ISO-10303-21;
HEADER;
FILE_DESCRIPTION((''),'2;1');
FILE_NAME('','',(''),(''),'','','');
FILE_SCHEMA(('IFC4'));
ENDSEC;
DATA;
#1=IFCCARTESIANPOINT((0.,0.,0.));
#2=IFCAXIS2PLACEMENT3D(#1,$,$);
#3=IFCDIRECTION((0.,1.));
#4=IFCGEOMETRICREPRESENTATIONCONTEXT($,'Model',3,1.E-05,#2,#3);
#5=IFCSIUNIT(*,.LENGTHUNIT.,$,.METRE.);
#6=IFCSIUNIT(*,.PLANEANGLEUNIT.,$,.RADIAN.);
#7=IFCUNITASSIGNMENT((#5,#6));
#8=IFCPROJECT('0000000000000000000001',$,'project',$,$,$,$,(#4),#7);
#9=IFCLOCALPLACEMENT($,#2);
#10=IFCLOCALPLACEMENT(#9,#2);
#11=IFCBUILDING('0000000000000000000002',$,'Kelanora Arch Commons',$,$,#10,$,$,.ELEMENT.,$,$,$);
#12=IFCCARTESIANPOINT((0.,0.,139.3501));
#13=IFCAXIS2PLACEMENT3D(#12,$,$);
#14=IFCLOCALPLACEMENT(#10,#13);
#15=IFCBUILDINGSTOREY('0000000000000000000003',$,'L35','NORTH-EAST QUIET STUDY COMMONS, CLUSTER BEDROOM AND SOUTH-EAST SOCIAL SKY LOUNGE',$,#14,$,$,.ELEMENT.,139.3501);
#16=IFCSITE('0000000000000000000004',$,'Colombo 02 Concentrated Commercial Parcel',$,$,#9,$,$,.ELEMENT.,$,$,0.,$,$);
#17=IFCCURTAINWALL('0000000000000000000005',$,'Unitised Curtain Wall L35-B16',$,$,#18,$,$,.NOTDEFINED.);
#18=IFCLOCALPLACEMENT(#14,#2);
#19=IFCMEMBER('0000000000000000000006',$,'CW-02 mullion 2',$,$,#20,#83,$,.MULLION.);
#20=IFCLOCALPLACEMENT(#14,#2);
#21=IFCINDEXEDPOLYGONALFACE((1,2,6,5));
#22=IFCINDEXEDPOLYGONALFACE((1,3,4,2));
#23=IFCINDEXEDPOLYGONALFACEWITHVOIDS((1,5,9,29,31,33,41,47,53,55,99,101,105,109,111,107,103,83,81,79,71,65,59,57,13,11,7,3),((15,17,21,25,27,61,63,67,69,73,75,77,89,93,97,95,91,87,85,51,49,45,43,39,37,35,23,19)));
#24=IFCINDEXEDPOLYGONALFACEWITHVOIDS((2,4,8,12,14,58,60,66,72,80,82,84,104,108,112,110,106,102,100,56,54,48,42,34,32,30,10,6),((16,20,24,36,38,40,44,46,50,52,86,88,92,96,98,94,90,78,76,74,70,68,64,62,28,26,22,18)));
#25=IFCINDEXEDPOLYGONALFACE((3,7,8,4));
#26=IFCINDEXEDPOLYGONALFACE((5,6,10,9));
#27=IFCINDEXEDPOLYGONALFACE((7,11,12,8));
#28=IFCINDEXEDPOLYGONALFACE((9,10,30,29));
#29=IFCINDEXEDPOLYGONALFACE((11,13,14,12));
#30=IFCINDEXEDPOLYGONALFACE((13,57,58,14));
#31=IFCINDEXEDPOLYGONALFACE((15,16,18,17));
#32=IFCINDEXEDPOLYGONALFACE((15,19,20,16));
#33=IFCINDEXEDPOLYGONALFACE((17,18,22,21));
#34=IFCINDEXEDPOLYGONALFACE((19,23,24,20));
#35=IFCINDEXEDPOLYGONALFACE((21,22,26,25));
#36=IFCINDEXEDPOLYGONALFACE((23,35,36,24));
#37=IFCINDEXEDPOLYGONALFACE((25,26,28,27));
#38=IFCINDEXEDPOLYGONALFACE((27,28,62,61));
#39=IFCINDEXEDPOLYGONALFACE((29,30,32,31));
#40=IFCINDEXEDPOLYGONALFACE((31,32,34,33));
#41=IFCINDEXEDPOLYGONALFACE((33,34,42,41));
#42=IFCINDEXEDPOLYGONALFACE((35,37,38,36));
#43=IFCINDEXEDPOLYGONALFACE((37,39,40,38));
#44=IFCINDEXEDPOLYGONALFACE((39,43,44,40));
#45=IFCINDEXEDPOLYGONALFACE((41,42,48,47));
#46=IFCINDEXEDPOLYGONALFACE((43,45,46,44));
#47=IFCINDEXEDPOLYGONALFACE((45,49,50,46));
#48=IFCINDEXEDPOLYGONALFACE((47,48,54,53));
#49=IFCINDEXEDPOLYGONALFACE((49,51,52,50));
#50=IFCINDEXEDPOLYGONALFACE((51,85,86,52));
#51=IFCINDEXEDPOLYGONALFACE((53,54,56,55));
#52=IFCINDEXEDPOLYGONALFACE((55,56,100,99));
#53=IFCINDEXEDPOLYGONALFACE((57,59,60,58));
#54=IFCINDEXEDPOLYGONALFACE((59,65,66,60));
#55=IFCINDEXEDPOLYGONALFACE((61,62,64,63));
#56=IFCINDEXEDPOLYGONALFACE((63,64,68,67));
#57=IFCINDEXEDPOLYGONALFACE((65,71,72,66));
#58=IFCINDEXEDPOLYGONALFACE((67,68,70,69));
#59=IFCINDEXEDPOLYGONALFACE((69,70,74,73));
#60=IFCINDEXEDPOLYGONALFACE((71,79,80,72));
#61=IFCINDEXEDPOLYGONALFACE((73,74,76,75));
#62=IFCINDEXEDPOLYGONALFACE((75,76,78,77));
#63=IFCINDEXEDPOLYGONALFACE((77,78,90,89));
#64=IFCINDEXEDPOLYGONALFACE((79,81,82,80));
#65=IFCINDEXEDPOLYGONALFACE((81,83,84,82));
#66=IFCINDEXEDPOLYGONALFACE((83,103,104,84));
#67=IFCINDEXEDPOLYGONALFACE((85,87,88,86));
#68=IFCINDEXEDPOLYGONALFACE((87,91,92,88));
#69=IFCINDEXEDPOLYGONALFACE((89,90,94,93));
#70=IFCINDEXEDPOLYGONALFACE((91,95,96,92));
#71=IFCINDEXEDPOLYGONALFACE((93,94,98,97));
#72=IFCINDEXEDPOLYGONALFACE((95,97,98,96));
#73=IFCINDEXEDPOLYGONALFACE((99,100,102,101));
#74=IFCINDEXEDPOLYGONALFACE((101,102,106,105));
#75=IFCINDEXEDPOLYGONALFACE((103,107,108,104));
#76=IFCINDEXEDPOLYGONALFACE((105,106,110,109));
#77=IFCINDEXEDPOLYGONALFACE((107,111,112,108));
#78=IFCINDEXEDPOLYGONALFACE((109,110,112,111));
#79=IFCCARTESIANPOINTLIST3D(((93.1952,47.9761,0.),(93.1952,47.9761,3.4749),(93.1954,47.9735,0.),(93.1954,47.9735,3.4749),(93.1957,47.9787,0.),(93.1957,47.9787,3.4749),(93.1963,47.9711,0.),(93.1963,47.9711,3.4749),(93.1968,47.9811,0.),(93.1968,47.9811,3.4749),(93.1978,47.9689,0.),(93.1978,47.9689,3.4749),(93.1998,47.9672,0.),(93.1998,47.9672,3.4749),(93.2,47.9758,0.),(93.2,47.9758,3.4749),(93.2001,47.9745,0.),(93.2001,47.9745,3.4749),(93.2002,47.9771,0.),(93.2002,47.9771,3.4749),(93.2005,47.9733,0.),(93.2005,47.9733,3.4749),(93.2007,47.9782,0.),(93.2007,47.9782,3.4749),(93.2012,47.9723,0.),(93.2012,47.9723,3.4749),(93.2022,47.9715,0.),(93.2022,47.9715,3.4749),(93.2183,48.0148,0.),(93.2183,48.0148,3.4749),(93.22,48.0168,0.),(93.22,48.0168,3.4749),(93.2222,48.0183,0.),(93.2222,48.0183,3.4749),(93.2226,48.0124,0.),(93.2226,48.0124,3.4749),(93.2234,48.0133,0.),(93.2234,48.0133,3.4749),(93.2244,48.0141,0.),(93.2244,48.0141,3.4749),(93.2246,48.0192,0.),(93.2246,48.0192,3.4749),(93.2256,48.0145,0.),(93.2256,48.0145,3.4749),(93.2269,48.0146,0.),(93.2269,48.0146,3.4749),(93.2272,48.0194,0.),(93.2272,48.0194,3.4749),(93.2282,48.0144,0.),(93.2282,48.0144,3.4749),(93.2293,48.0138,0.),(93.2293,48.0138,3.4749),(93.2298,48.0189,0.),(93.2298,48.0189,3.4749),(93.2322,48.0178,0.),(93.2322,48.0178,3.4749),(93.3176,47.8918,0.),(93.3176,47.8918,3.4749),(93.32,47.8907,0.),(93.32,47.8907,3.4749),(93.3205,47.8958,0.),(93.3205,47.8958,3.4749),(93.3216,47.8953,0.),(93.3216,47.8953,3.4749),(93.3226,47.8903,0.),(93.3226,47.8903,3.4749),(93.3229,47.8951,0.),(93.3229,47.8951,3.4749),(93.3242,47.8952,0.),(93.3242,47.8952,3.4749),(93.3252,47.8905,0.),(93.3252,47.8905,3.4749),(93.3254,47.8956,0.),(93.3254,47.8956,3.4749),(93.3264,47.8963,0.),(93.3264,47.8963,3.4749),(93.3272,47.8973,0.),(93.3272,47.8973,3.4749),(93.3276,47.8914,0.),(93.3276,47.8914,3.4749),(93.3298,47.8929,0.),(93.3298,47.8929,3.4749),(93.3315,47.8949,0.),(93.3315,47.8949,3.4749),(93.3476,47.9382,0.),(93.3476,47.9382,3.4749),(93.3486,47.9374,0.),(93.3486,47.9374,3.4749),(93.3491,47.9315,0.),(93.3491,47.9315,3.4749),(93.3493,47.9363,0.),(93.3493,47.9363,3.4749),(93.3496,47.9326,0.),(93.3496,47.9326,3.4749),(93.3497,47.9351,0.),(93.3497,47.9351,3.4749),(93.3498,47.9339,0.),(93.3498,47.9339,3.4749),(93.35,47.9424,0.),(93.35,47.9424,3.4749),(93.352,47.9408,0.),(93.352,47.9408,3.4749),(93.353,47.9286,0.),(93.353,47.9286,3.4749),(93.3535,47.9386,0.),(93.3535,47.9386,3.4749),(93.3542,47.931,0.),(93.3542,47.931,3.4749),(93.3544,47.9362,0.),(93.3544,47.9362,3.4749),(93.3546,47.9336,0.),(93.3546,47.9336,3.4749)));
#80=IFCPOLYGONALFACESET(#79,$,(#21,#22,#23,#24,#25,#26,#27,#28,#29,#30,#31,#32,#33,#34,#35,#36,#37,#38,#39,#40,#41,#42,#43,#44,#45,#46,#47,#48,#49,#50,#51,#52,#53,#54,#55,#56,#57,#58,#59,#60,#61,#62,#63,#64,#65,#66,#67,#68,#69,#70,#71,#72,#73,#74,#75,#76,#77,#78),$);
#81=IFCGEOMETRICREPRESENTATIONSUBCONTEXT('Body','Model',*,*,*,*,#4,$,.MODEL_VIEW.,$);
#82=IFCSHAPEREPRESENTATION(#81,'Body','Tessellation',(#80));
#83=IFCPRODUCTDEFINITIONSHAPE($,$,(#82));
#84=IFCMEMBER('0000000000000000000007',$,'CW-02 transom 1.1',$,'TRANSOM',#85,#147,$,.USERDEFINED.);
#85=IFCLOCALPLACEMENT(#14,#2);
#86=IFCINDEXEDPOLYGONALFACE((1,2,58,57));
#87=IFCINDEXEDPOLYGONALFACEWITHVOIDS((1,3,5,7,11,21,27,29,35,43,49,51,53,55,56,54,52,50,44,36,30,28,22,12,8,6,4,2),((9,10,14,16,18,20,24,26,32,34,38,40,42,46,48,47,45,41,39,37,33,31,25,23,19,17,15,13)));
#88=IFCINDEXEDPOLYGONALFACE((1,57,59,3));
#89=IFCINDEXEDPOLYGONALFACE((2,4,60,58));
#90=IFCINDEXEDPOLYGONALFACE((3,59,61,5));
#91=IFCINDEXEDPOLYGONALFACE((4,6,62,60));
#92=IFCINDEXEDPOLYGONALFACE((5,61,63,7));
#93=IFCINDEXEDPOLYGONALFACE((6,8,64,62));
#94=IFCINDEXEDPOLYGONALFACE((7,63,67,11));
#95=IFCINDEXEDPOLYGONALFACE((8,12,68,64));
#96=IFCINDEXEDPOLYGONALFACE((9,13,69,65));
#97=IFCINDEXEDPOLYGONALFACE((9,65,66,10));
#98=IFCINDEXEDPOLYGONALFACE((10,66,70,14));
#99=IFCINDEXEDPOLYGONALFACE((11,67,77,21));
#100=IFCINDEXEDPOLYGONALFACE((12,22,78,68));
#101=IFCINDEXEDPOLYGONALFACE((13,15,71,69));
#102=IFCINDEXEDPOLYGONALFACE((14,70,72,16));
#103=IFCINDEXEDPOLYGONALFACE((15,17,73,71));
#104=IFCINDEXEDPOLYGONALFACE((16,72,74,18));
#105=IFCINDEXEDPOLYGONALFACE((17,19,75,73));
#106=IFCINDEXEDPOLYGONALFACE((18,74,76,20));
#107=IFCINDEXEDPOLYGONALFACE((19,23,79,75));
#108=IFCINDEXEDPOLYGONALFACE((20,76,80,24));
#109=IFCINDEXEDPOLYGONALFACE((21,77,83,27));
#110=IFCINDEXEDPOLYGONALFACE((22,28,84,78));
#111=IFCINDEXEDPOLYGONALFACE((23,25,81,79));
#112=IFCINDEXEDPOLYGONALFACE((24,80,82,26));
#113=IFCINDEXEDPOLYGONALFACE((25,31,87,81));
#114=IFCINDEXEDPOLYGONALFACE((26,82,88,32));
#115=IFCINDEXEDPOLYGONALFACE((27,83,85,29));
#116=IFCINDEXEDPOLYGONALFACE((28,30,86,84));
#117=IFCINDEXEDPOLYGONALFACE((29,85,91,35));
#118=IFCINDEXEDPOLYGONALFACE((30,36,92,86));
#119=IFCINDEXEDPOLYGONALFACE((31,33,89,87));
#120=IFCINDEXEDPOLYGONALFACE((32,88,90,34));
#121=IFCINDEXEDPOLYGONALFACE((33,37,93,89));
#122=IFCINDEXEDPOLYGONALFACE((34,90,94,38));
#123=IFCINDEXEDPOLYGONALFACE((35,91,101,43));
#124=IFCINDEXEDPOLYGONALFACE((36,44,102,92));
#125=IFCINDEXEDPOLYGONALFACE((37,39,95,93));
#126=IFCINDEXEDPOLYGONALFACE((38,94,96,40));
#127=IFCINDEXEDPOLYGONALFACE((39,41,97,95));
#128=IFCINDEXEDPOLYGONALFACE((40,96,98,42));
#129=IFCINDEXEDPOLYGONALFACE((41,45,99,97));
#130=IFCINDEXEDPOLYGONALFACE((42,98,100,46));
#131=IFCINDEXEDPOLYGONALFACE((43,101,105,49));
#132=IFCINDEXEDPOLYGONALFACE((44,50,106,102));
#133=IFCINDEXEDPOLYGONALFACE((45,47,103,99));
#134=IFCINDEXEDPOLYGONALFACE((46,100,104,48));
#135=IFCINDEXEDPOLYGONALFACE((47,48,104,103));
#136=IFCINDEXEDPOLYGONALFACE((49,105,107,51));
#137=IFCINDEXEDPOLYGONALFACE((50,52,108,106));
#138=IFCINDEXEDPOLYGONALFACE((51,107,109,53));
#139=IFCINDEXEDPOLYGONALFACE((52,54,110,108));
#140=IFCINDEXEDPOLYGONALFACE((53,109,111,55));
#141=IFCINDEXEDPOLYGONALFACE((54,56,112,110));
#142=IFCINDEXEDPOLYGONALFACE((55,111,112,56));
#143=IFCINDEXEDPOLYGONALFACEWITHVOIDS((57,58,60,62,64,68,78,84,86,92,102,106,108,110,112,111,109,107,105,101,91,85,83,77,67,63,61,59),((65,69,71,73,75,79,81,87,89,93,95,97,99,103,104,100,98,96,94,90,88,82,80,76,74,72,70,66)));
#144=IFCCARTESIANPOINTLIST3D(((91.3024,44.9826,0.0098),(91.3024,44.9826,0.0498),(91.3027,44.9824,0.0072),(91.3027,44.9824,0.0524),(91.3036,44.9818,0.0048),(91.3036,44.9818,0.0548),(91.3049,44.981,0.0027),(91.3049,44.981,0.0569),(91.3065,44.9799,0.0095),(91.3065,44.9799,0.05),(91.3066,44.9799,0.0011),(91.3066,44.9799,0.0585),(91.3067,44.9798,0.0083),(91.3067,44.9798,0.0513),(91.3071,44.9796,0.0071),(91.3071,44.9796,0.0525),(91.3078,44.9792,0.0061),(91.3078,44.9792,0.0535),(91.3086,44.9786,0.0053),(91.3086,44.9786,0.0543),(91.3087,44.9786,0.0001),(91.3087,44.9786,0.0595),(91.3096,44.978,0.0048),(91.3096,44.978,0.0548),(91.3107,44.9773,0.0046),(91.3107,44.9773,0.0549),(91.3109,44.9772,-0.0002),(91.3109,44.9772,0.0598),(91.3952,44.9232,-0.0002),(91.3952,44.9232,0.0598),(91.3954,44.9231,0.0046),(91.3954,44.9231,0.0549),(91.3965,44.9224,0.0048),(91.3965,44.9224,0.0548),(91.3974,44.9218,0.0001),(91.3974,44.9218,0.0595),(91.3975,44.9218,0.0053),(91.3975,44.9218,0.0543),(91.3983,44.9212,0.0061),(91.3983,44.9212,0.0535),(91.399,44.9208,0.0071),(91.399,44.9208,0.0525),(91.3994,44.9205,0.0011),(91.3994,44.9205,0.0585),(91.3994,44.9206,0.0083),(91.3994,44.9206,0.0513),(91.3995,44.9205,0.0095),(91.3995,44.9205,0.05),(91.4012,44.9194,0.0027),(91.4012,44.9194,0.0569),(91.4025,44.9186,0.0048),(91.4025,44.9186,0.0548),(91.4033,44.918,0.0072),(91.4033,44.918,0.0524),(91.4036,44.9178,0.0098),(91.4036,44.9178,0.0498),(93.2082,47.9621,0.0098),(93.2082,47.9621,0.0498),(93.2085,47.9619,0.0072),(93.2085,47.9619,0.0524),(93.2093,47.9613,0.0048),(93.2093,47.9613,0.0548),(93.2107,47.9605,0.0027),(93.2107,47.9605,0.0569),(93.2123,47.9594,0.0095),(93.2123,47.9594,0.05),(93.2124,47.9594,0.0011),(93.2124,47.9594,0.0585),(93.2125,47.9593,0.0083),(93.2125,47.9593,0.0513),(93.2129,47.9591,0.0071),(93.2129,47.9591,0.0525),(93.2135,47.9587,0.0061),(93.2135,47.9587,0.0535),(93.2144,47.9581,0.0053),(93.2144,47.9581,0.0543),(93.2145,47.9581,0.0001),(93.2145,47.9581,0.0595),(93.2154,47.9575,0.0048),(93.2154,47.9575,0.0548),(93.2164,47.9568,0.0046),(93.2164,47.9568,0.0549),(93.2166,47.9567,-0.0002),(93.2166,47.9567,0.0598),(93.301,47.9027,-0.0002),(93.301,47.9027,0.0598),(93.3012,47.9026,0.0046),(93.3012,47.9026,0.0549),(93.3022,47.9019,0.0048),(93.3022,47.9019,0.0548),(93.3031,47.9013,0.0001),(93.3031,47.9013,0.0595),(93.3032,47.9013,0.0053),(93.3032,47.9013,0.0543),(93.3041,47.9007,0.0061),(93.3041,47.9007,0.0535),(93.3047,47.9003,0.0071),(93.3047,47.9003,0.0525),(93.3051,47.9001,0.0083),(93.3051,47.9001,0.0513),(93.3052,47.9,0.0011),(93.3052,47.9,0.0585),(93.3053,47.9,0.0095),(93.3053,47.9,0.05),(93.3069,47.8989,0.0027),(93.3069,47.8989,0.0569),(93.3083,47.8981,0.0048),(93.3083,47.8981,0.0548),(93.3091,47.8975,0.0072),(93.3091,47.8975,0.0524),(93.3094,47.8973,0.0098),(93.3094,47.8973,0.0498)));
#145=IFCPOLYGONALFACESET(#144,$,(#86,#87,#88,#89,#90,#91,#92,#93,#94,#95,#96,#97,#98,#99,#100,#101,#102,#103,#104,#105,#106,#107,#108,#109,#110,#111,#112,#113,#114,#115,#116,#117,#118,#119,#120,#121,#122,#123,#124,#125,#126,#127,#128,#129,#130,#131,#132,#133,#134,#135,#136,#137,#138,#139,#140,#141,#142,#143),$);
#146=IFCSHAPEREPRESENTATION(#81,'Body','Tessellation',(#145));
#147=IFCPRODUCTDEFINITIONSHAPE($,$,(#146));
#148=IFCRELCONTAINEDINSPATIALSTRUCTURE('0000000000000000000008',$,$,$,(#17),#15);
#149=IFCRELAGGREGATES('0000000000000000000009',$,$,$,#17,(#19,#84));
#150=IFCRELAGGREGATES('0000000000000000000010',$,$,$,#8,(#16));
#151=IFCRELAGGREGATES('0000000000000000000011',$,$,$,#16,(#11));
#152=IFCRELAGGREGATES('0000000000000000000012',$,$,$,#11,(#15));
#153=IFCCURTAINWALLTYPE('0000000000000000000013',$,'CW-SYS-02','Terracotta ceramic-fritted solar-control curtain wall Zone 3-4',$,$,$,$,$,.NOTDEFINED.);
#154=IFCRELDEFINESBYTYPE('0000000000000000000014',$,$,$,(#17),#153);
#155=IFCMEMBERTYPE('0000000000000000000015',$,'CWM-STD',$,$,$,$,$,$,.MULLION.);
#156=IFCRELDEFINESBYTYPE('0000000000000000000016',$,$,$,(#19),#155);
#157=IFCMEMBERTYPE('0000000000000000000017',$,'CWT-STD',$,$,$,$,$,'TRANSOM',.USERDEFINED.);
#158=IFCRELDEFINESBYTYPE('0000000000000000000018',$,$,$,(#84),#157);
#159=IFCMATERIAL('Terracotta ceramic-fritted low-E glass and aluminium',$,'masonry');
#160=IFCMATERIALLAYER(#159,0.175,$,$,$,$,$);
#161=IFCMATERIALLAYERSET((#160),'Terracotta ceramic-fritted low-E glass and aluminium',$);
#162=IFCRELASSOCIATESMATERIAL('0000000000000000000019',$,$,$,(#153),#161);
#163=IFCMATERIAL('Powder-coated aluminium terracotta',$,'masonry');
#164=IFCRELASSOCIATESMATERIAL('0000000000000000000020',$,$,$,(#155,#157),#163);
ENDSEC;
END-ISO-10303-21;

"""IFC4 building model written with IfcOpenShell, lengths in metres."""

from ifc_helpers import new_model, si_unit, direction, frame, origin, origin_2d, place, context, subcontext, project, spatial, hollow_rectangle, extrude, material, layer, layer_set, material_profile, profile_set, type_object, element, aggregate, save


model = new_model("IFC4")

# Units and contexts
model_context = context("Model", 3, precision=1e-05, world=origin(), true_north=direction((0.0, 1.0)))
body_context = subcontext(model_context, "Body", "Model", "MODEL_VIEW")
ifc_project = project(units=[si_unit("LENGTHUNIT", "METRE"), si_unit("PLANEANGLEUNIT", "RADIAN")], contexts=[model_context])

# Site, building, storey
site_placement = place(None, origin())
site = spatial("IfcSite", under=ifc_project, at=site_placement, Name="Colombo 02 Concentrated Commercial Parcel", CompositionType="ELEMENT", RefElevation=0.0)
building_placement = place(site_placement, origin())
building = spatial("IfcBuilding", under=site, at=building_placement, Name="Kelanora Arch Commons", CompositionType="ELEMENT")
storey_placement = place(building_placement, frame((0.0, 0.0, 139.3501)))
storey = spatial("IfcBuildingStorey", under=building, at=storey_placement, Name="L35", Description="NORTH-EAST QUIET STUDY COMMONS, CLUSTER BEDROOM AND SOUTH-EAST SOCIAL SKY LOUNGE", CompositionType="ELEMENT", Elevation=139.3501)

# Shared definitions
ifc_material_1 = material(Name="Terracotta ceramic-fritted low-E glass and aluminium", Category="masonry")
ifc_layer_1 = layer(ifc_material_1, 0.175)
ifc_layer_set_1 = layer_set([ifc_layer_1], Name="Terracotta ceramic-fritted low-E glass and aluminium")
curtain_wall_type = type_object("IfcCurtainWallType", Name="CW-SYS-02", Description="Terracotta ceramic-fritted solar-control curtain wall Zone 3-4", PredefinedType="NOTDEFINED", material=ifc_layer_set_1)
ifc_material_2 = material(Name="Powder-coated aluminium terracotta", Category="masonry")
ifc_material_profile_1 = material_profile(ifc_material_2, hollow_rectangle(XDim=0.1599, YDim=0.0601, WallThickness=0.0049, InnerFilletRadius=0.0049, OuterFilletRadius=0.01, at=origin_2d()), Name="CWM160x60")
ifc_profile_set_1 = profile_set([ifc_material_profile_1], Name="Powder-coated aluminium terracotta")
member_type_1 = type_object("IfcMemberType", Name="CWM-STD", PredefinedType="MULLION", material=ifc_profile_set_1)

# Curtain wall, members
curtain_wall_1_placement = place(storey_placement, origin())
curtain_wall_1 = element("IfcCurtainWall", 1, at=curtain_wall_1_placement, inside=storey, type_object=curtain_wall_type, Name="Unitised Curtain Wall L35-B16", PredefinedType="NOTDEFINED")
member_1_placement = place(storey_placement, frame((93.2749, 47.9548, 0.0), z_axis=(0.0, 0.0, 1.0), x_axis=(-0.842423, 0.538817, 0.0)))
member_1 = element("IfcMember", 2, at=member_1_placement, type_object=member_type_1, Name="CW-02 mullion 2", PredefinedType="MULLION", context=body_context, shape_type="SweptSolid", body=[
    extrude(hollow_rectangle(XDim=0.1599, YDim=0.0601, WallThickness=0.0049, InnerFilletRadius=0.0049, OuterFilletRadius=0.01, at=origin_2d()), origin(), (0.0, 0.0, 1.0), 3.4749),
])
ifc_material_profile_2 = material_profile(ifc_material_2, hollow_rectangle(XDim=0.1201, YDim=0.0601, WallThickness=0.0049, InnerFilletRadius=0.0049, OuterFilletRadius=0.01, at=origin_2d()), Name="CWT120x60")
ifc_profile_set_2 = profile_set([ifc_material_profile_2], Name="Powder-coated aluminium terracotta")
member_type_2 = type_object("IfcMemberType", Name="CWT-STD", ElementType="TRANSOM", PredefinedType="USERDEFINED", material=ifc_profile_set_2)
member_2_placement = place(storey_placement, frame((91.353, 44.9502, 0.0298), z_axis=(0.53883, 0.842414, 0.0), x_axis=(-0.842414, 0.53883, 0.0)))
member_2 = element("IfcMember", 3, at=member_2_placement, type_object=member_type_2, Name="CW-02 transom 1.1", ObjectType="TRANSOM", PredefinedType="USERDEFINED", context=body_context, shape_type="SweptSolid", body=[
    extrude(hollow_rectangle(XDim=0.1201, YDim=0.0601, WallThickness=0.0049, InnerFilletRadius=0.0049, OuterFilletRadius=0.01, at=origin_2d()), origin(), (0.0, 0.0, 1.0), 3.5369),
])

aggregate(curtain_wall_1, [member_1, member_2])

save(model, "model.ifc")
